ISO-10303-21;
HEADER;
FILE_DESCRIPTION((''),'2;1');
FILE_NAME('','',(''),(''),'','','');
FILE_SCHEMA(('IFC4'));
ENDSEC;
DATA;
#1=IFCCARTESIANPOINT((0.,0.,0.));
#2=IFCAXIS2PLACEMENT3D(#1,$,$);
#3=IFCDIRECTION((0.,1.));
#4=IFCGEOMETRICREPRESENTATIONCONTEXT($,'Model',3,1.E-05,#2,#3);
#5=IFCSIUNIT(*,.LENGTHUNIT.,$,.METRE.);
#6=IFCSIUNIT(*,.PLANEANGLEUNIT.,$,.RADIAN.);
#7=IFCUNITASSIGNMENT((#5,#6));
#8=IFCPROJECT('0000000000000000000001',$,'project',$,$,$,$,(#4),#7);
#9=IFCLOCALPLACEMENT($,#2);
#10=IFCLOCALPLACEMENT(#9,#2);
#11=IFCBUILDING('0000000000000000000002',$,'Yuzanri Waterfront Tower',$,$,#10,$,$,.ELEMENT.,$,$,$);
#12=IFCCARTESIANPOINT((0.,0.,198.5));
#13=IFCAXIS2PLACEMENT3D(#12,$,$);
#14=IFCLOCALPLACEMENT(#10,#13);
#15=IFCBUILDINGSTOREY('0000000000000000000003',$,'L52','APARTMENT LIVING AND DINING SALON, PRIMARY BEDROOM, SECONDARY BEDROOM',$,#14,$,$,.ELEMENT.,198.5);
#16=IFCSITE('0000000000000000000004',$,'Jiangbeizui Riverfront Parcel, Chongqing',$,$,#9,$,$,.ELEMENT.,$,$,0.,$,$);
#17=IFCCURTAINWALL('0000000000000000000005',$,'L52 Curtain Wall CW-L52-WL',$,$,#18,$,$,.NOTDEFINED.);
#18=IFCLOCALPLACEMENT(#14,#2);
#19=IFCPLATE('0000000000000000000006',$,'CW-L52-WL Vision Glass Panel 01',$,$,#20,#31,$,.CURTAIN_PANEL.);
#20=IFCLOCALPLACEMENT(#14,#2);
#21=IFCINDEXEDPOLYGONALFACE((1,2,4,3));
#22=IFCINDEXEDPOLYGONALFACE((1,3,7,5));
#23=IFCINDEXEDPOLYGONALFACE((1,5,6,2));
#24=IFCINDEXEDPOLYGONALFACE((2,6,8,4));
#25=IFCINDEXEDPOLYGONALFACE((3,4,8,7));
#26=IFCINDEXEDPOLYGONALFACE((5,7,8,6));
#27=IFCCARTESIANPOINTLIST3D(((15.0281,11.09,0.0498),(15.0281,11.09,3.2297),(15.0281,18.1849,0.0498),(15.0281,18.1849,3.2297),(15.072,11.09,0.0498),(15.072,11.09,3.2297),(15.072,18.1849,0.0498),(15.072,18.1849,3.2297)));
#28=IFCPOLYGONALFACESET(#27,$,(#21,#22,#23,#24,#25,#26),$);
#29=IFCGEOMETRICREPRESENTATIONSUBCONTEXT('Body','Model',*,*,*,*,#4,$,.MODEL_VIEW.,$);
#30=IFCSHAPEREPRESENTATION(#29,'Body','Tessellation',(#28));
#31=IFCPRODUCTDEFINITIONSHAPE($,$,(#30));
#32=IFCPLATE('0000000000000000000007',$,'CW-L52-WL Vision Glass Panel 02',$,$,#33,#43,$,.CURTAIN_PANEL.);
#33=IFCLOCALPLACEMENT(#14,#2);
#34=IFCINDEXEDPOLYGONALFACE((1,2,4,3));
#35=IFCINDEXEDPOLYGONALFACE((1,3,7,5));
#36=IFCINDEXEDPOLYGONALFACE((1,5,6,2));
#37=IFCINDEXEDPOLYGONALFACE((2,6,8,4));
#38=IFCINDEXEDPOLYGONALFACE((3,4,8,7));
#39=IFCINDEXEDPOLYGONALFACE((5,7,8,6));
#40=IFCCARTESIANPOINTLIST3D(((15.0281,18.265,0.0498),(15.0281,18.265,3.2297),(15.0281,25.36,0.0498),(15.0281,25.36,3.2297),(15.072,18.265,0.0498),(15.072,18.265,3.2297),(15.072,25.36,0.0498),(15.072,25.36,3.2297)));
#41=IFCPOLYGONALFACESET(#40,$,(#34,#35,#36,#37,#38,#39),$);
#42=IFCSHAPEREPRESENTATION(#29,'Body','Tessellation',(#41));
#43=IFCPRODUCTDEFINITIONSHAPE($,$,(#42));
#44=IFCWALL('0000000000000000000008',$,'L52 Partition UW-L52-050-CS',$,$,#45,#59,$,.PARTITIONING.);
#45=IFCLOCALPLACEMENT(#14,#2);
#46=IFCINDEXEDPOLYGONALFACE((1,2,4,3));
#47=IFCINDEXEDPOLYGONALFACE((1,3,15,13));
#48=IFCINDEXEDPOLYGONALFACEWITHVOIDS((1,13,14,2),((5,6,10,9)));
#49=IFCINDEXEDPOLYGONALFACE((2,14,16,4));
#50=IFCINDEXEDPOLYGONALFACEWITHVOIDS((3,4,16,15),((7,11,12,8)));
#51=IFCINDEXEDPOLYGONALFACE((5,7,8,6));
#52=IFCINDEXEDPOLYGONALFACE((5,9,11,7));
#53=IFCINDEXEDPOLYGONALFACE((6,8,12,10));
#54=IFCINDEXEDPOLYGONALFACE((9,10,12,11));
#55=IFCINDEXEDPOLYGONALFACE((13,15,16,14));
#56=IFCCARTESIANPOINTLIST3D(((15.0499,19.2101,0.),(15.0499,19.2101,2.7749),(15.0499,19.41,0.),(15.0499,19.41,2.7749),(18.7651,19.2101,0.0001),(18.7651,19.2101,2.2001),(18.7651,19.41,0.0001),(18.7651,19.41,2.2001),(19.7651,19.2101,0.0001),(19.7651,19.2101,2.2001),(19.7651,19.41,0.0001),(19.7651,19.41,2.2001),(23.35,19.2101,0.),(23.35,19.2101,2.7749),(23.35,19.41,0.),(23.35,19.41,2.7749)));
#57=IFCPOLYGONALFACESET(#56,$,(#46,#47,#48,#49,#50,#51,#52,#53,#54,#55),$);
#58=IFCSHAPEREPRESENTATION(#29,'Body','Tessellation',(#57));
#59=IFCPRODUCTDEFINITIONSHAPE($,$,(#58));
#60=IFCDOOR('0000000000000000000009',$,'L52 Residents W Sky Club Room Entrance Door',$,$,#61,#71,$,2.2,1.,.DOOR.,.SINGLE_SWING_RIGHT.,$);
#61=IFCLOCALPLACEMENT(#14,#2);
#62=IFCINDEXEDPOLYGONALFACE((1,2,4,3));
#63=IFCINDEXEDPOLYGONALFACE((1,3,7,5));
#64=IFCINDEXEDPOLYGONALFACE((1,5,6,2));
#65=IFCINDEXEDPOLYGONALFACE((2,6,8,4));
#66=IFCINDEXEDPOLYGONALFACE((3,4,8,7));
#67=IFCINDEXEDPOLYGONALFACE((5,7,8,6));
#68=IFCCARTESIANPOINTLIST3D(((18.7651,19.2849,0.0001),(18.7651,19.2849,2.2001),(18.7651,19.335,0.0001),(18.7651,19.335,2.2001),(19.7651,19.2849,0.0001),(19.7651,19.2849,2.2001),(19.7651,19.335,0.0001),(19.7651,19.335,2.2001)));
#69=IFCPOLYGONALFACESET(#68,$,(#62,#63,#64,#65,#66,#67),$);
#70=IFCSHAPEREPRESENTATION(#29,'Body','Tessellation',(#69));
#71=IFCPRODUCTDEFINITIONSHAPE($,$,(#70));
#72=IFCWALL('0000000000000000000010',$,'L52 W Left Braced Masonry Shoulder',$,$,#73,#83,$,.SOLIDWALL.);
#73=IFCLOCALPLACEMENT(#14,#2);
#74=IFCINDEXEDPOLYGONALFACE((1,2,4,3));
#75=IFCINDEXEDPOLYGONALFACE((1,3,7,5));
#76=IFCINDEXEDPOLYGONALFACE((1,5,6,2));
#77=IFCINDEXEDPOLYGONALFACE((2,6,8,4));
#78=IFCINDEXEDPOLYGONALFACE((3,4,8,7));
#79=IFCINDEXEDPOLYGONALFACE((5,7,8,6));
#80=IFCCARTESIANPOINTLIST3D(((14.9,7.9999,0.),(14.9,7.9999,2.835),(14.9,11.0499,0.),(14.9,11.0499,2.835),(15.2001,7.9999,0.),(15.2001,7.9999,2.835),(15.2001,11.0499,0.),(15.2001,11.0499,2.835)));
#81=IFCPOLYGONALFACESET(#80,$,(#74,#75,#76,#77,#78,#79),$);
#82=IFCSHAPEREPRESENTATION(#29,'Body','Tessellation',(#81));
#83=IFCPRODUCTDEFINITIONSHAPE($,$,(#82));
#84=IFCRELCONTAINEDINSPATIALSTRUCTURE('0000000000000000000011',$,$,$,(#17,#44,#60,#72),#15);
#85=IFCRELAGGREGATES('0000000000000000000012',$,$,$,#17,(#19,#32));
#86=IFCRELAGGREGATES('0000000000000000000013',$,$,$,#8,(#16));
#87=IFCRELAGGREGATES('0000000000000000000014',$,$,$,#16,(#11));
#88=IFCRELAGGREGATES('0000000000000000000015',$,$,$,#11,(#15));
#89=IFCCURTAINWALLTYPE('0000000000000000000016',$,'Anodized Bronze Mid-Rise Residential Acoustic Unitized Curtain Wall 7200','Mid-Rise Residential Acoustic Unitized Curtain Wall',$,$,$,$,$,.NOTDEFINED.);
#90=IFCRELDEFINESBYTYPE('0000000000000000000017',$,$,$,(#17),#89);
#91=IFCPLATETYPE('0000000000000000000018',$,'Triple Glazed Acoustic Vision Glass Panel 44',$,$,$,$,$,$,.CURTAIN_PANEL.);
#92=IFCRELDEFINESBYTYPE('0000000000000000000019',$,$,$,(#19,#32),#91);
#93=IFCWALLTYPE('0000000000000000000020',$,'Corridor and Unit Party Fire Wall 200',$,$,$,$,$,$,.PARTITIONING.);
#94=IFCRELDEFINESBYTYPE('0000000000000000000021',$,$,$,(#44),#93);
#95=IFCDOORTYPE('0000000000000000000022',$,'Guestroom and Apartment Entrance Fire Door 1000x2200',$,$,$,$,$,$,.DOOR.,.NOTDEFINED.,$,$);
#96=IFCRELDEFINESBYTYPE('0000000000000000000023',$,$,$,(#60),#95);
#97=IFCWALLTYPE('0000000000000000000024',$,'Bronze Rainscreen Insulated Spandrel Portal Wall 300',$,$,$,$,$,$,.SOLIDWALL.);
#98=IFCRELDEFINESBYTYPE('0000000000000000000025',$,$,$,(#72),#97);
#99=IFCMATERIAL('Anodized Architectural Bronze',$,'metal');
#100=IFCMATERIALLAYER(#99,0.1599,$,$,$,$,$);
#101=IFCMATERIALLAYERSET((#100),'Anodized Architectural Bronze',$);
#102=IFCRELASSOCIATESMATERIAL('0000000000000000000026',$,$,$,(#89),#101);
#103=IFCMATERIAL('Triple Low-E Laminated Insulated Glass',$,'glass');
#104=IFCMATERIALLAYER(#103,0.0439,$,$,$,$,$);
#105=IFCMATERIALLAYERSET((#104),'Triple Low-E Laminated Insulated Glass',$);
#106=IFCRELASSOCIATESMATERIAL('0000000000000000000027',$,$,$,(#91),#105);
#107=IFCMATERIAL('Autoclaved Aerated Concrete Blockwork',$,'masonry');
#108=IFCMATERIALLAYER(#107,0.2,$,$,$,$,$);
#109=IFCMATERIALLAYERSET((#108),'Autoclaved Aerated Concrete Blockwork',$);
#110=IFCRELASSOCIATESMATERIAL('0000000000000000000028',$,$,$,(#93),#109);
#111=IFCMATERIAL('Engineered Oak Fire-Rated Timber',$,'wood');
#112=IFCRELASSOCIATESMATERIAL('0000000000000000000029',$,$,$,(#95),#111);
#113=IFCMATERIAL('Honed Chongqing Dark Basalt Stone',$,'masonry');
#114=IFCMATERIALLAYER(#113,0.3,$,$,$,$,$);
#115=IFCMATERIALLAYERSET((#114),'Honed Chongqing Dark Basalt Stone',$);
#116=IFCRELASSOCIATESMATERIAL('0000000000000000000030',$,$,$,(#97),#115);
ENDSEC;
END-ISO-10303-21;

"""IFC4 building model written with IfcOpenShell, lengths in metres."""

from ifc_helpers import new_model, si_unit, direction, frame, frame_2d, origin, origin_2d, place, context, subcontext, project, spatial, rectangle, extrude, source, transform, mapped, material, layer, layer_set, type_object, element, fill, aggregate, save


model = new_model("IFC4")

# Units and contexts
model_context = context("Model", 3, precision=1e-05, world=origin(), true_north=direction((0.0, 1.0)))
body_context = subcontext(model_context, "Body", "Model", "MODEL_VIEW")
ifc_project = project(units=[si_unit("LENGTHUNIT", "METRE"), si_unit("PLANEANGLEUNIT", "RADIAN")], contexts=[model_context])

# Site, building, storey
site_placement = place(None, origin())
site = spatial("IfcSite", under=ifc_project, at=site_placement, Name="Jiangbeizui Riverfront Parcel, Chongqing", CompositionType="ELEMENT", RefElevation=0.0)
building_placement = place(site_placement, origin())
building = spatial("IfcBuilding", under=site, at=building_placement, Name="Yuzanri Waterfront Tower", CompositionType="ELEMENT")
storey_placement = place(building_placement, frame((0.0, 0.0, 198.5)))
storey = spatial("IfcBuildingStorey", under=building, at=storey_placement, Name="L52", Description="APARTMENT LIVING AND DINING SALON, PRIMARY BEDROOM, SECONDARY BEDROOM", CompositionType="ELEMENT", Elevation=198.5)

# Curtain wall
ifc_material_1 = material(Name="Anodized Architectural Bronze", Category="metal")
ifc_layer_1 = layer(ifc_material_1, 0.1599)
ifc_layer_set_1 = layer_set([ifc_layer_1], Name="Anodized Architectural Bronze")
curtain_wall_type = type_object("IfcCurtainWallType", Name="Anodized Bronze Mid-Rise Residential Acoustic Unitized Curtain Wall 7200", Description="Mid-Rise Residential Acoustic Unitized Curtain Wall", PredefinedType="NOTDEFINED", material=ifc_layer_set_1)
curtain_wall_placement = place(storey_placement, origin())
curtain_wall = element("IfcCurtainWall", 1, at=curtain_wall_placement, inside=storey, type_object=curtain_wall_type, Name="L52 Curtain Wall CW-L52-WL", PredefinedType="NOTDEFINED")

# Plates
ifc_material_2 = material(Name="Triple Low-E Laminated Insulated Glass", Category="glass")
ifc_layer_2 = layer(ifc_material_2, 0.0439)
ifc_layer_set_2 = layer_set([ifc_layer_2], Name="Triple Low-E Laminated Insulated Glass")
plate_type_1 = type_object("IfcPlateType", Name="Triple Glazed Acoustic Vision Glass Panel 44", PredefinedType="CURTAIN_PANEL", material=ifc_layer_set_2)
shared_shape_1 = source(origin(), body_context, "Body", "SweptSolid", [
    extrude(rectangle(XDim=7.095, YDim=0.0439, at=origin_2d()), origin(), (0.0, 0.0, 1.0), 3.1799),
])
plate_1_placement = place(storey_placement, frame((15.05, 14.6375, 0.0498), z_axis=(0.0, 0.0, 1.0), x_axis=(0.0, 1.0, 0.0)))
plate_1 = element("IfcPlate", 2, at=plate_1_placement, type_object=plate_type_1, Name="CW-L52-WL Vision Glass Panel 01", PredefinedType="CURTAIN_PANEL", context=body_context, shape_type="MappedRepresentation", body=[
    mapped(shared_shape_1, transform((0.0, 0.0, 0.0), scale=1.0)),
])
plate_2_placement = place(storey_placement, frame((15.05, 21.8125, 0.0498), z_axis=(0.0, 0.0, 1.0), x_axis=(0.0, 1.0, 0.0)))
plate_2 = element("IfcPlate", 3, at=plate_2_placement, type_object=plate_type_1, Name="CW-L52-WL Vision Glass Panel 02", PredefinedType="CURTAIN_PANEL", context=body_context, shape_type="MappedRepresentation", body=[
    mapped(shared_shape_1, transform((0.0, 0.0, 0.0), scale=1.0)),
])
aggregate(curtain_wall, [plate_1, plate_2])

# Wall, opening, door
ifc_material_3 = material(Name="Autoclaved Aerated Concrete Blockwork", Category="masonry")
ifc_layer_3 = layer(ifc_material_3, 0.2)
ifc_layer_set_3 = layer_set([ifc_layer_3], Name="Autoclaved Aerated Concrete Blockwork")
wall_type_1 = type_object("IfcWallType", Name="Corridor and Unit Party Fire Wall 200", PredefinedType="PARTITIONING", material=ifc_layer_set_3)
wall_1_placement = place(storey_placement, frame((15.05, 19.3101, 0.0), z_axis=(0.0, 0.0, 1.0), x_axis=(1.0, 0.0, 0.0)))
wall_1 = element("IfcWall", 4, at=wall_1_placement, inside=storey, type_object=wall_type_1, Name="L52 Partition UW-L52-050-CS", PredefinedType="PARTITIONING", context=body_context, shape_type="SweptSolid", body=[
    extrude(rectangle(XDim=8.3, YDim=0.2, at=frame_2d((4.1499, 0.0))), origin(), (0.0, 0.0, 1.0), 2.7749),
])
opening_placement = place(wall_1_placement, frame((3.7151, 0.0, 0.0)))
opening = element("IfcOpeningElement", 5, at=opening_placement, cuts=wall_1, PredefinedType="OPENING", context=body_context, shape_type="SweptSolid", body=[
    extrude(rectangle(XDim=1.0, YDim=2.2, at=frame_2d((0.5, 1.1001))), frame((0.0, 0.1147, 0.0), z_axis=(0.0, -1.0, 0.0), x_axis=(1.0, 0.0, 0.0)), (0.0, 0.0, 1.0), 0.2297),
])
ifc_material_4 = material(Name="Engineered Oak Fire-Rated Timber", Category="wood")
door_type = type_object("IfcDoorType", Name="Guestroom and Apartment Entrance Fire Door 1000x2200", OperationType="NOTDEFINED", PredefinedType="DOOR", material=ifc_material_4)
shared_shape_2 = source(origin(), body_context, "Body", "SweptSolid", [
    extrude(rectangle(XDim=1.0, YDim=2.2, at=frame_2d((0.5, 1.1001))), frame((0.0, 0.0249, 0.0), z_axis=(0.0, -1.0, 0.0), x_axis=(1.0, 0.0, 0.0)), (0.0, 0.0, 1.0), 0.05),
])
door_placement = place(opening_placement, origin())
door = element("IfcDoor", 6, at=door_placement, inside=storey, type_object=door_type, Name="L52 Residents W Sky Club Room Entrance Door", OperationType="SINGLE_SWING_RIGHT", OverallHeight=2.2, OverallWidth=1.0, PredefinedType="DOOR", context=body_context, shape_type="MappedRepresentation", body=[
    mapped(shared_shape_2, transform((0.0, 0.0, 0.0), scale=1.0)),
])
fill(opening, door)

# Wall
ifc_material_5 = material(Name="Honed Chongqing Dark Basalt Stone", Category="masonry")
ifc_layer_4 = layer(ifc_material_5, 0.3)
ifc_layer_set_4 = layer_set([ifc_layer_4], Name="Honed Chongqing Dark Basalt Stone")
wall_type_2 = type_object("IfcWallType", Name="Bronze Rainscreen Insulated Spandrel Portal Wall 300", PredefinedType="SOLIDWALL", material=ifc_layer_set_4)
shared_shape_3 = source(origin(), body_context, "Body", "SweptSolid", [
    extrude(rectangle(XDim=3.05, YDim=0.3, at=frame_2d((1.5249, 0.0))), origin(), (0.0, 0.0, 1.0), 2.835),
])
wall_2_placement = place(storey_placement, frame((15.05, 8.0, 0.0), z_axis=(0.0, 0.0, 1.0), x_axis=(0.0, 1.0, 0.0)))
element("IfcWall", 7, at=wall_2_placement, inside=storey, type_object=wall_type_2, Name="L52 W Left Braced Masonry Shoulder", PredefinedType="SOLIDWALL", context=body_context, shape_type="MappedRepresentation", body=[
    mapped(shared_shape_3, transform((0.0, 0.0, 0.0), scale=1.0)),
])

save(model, "model.ifc")
